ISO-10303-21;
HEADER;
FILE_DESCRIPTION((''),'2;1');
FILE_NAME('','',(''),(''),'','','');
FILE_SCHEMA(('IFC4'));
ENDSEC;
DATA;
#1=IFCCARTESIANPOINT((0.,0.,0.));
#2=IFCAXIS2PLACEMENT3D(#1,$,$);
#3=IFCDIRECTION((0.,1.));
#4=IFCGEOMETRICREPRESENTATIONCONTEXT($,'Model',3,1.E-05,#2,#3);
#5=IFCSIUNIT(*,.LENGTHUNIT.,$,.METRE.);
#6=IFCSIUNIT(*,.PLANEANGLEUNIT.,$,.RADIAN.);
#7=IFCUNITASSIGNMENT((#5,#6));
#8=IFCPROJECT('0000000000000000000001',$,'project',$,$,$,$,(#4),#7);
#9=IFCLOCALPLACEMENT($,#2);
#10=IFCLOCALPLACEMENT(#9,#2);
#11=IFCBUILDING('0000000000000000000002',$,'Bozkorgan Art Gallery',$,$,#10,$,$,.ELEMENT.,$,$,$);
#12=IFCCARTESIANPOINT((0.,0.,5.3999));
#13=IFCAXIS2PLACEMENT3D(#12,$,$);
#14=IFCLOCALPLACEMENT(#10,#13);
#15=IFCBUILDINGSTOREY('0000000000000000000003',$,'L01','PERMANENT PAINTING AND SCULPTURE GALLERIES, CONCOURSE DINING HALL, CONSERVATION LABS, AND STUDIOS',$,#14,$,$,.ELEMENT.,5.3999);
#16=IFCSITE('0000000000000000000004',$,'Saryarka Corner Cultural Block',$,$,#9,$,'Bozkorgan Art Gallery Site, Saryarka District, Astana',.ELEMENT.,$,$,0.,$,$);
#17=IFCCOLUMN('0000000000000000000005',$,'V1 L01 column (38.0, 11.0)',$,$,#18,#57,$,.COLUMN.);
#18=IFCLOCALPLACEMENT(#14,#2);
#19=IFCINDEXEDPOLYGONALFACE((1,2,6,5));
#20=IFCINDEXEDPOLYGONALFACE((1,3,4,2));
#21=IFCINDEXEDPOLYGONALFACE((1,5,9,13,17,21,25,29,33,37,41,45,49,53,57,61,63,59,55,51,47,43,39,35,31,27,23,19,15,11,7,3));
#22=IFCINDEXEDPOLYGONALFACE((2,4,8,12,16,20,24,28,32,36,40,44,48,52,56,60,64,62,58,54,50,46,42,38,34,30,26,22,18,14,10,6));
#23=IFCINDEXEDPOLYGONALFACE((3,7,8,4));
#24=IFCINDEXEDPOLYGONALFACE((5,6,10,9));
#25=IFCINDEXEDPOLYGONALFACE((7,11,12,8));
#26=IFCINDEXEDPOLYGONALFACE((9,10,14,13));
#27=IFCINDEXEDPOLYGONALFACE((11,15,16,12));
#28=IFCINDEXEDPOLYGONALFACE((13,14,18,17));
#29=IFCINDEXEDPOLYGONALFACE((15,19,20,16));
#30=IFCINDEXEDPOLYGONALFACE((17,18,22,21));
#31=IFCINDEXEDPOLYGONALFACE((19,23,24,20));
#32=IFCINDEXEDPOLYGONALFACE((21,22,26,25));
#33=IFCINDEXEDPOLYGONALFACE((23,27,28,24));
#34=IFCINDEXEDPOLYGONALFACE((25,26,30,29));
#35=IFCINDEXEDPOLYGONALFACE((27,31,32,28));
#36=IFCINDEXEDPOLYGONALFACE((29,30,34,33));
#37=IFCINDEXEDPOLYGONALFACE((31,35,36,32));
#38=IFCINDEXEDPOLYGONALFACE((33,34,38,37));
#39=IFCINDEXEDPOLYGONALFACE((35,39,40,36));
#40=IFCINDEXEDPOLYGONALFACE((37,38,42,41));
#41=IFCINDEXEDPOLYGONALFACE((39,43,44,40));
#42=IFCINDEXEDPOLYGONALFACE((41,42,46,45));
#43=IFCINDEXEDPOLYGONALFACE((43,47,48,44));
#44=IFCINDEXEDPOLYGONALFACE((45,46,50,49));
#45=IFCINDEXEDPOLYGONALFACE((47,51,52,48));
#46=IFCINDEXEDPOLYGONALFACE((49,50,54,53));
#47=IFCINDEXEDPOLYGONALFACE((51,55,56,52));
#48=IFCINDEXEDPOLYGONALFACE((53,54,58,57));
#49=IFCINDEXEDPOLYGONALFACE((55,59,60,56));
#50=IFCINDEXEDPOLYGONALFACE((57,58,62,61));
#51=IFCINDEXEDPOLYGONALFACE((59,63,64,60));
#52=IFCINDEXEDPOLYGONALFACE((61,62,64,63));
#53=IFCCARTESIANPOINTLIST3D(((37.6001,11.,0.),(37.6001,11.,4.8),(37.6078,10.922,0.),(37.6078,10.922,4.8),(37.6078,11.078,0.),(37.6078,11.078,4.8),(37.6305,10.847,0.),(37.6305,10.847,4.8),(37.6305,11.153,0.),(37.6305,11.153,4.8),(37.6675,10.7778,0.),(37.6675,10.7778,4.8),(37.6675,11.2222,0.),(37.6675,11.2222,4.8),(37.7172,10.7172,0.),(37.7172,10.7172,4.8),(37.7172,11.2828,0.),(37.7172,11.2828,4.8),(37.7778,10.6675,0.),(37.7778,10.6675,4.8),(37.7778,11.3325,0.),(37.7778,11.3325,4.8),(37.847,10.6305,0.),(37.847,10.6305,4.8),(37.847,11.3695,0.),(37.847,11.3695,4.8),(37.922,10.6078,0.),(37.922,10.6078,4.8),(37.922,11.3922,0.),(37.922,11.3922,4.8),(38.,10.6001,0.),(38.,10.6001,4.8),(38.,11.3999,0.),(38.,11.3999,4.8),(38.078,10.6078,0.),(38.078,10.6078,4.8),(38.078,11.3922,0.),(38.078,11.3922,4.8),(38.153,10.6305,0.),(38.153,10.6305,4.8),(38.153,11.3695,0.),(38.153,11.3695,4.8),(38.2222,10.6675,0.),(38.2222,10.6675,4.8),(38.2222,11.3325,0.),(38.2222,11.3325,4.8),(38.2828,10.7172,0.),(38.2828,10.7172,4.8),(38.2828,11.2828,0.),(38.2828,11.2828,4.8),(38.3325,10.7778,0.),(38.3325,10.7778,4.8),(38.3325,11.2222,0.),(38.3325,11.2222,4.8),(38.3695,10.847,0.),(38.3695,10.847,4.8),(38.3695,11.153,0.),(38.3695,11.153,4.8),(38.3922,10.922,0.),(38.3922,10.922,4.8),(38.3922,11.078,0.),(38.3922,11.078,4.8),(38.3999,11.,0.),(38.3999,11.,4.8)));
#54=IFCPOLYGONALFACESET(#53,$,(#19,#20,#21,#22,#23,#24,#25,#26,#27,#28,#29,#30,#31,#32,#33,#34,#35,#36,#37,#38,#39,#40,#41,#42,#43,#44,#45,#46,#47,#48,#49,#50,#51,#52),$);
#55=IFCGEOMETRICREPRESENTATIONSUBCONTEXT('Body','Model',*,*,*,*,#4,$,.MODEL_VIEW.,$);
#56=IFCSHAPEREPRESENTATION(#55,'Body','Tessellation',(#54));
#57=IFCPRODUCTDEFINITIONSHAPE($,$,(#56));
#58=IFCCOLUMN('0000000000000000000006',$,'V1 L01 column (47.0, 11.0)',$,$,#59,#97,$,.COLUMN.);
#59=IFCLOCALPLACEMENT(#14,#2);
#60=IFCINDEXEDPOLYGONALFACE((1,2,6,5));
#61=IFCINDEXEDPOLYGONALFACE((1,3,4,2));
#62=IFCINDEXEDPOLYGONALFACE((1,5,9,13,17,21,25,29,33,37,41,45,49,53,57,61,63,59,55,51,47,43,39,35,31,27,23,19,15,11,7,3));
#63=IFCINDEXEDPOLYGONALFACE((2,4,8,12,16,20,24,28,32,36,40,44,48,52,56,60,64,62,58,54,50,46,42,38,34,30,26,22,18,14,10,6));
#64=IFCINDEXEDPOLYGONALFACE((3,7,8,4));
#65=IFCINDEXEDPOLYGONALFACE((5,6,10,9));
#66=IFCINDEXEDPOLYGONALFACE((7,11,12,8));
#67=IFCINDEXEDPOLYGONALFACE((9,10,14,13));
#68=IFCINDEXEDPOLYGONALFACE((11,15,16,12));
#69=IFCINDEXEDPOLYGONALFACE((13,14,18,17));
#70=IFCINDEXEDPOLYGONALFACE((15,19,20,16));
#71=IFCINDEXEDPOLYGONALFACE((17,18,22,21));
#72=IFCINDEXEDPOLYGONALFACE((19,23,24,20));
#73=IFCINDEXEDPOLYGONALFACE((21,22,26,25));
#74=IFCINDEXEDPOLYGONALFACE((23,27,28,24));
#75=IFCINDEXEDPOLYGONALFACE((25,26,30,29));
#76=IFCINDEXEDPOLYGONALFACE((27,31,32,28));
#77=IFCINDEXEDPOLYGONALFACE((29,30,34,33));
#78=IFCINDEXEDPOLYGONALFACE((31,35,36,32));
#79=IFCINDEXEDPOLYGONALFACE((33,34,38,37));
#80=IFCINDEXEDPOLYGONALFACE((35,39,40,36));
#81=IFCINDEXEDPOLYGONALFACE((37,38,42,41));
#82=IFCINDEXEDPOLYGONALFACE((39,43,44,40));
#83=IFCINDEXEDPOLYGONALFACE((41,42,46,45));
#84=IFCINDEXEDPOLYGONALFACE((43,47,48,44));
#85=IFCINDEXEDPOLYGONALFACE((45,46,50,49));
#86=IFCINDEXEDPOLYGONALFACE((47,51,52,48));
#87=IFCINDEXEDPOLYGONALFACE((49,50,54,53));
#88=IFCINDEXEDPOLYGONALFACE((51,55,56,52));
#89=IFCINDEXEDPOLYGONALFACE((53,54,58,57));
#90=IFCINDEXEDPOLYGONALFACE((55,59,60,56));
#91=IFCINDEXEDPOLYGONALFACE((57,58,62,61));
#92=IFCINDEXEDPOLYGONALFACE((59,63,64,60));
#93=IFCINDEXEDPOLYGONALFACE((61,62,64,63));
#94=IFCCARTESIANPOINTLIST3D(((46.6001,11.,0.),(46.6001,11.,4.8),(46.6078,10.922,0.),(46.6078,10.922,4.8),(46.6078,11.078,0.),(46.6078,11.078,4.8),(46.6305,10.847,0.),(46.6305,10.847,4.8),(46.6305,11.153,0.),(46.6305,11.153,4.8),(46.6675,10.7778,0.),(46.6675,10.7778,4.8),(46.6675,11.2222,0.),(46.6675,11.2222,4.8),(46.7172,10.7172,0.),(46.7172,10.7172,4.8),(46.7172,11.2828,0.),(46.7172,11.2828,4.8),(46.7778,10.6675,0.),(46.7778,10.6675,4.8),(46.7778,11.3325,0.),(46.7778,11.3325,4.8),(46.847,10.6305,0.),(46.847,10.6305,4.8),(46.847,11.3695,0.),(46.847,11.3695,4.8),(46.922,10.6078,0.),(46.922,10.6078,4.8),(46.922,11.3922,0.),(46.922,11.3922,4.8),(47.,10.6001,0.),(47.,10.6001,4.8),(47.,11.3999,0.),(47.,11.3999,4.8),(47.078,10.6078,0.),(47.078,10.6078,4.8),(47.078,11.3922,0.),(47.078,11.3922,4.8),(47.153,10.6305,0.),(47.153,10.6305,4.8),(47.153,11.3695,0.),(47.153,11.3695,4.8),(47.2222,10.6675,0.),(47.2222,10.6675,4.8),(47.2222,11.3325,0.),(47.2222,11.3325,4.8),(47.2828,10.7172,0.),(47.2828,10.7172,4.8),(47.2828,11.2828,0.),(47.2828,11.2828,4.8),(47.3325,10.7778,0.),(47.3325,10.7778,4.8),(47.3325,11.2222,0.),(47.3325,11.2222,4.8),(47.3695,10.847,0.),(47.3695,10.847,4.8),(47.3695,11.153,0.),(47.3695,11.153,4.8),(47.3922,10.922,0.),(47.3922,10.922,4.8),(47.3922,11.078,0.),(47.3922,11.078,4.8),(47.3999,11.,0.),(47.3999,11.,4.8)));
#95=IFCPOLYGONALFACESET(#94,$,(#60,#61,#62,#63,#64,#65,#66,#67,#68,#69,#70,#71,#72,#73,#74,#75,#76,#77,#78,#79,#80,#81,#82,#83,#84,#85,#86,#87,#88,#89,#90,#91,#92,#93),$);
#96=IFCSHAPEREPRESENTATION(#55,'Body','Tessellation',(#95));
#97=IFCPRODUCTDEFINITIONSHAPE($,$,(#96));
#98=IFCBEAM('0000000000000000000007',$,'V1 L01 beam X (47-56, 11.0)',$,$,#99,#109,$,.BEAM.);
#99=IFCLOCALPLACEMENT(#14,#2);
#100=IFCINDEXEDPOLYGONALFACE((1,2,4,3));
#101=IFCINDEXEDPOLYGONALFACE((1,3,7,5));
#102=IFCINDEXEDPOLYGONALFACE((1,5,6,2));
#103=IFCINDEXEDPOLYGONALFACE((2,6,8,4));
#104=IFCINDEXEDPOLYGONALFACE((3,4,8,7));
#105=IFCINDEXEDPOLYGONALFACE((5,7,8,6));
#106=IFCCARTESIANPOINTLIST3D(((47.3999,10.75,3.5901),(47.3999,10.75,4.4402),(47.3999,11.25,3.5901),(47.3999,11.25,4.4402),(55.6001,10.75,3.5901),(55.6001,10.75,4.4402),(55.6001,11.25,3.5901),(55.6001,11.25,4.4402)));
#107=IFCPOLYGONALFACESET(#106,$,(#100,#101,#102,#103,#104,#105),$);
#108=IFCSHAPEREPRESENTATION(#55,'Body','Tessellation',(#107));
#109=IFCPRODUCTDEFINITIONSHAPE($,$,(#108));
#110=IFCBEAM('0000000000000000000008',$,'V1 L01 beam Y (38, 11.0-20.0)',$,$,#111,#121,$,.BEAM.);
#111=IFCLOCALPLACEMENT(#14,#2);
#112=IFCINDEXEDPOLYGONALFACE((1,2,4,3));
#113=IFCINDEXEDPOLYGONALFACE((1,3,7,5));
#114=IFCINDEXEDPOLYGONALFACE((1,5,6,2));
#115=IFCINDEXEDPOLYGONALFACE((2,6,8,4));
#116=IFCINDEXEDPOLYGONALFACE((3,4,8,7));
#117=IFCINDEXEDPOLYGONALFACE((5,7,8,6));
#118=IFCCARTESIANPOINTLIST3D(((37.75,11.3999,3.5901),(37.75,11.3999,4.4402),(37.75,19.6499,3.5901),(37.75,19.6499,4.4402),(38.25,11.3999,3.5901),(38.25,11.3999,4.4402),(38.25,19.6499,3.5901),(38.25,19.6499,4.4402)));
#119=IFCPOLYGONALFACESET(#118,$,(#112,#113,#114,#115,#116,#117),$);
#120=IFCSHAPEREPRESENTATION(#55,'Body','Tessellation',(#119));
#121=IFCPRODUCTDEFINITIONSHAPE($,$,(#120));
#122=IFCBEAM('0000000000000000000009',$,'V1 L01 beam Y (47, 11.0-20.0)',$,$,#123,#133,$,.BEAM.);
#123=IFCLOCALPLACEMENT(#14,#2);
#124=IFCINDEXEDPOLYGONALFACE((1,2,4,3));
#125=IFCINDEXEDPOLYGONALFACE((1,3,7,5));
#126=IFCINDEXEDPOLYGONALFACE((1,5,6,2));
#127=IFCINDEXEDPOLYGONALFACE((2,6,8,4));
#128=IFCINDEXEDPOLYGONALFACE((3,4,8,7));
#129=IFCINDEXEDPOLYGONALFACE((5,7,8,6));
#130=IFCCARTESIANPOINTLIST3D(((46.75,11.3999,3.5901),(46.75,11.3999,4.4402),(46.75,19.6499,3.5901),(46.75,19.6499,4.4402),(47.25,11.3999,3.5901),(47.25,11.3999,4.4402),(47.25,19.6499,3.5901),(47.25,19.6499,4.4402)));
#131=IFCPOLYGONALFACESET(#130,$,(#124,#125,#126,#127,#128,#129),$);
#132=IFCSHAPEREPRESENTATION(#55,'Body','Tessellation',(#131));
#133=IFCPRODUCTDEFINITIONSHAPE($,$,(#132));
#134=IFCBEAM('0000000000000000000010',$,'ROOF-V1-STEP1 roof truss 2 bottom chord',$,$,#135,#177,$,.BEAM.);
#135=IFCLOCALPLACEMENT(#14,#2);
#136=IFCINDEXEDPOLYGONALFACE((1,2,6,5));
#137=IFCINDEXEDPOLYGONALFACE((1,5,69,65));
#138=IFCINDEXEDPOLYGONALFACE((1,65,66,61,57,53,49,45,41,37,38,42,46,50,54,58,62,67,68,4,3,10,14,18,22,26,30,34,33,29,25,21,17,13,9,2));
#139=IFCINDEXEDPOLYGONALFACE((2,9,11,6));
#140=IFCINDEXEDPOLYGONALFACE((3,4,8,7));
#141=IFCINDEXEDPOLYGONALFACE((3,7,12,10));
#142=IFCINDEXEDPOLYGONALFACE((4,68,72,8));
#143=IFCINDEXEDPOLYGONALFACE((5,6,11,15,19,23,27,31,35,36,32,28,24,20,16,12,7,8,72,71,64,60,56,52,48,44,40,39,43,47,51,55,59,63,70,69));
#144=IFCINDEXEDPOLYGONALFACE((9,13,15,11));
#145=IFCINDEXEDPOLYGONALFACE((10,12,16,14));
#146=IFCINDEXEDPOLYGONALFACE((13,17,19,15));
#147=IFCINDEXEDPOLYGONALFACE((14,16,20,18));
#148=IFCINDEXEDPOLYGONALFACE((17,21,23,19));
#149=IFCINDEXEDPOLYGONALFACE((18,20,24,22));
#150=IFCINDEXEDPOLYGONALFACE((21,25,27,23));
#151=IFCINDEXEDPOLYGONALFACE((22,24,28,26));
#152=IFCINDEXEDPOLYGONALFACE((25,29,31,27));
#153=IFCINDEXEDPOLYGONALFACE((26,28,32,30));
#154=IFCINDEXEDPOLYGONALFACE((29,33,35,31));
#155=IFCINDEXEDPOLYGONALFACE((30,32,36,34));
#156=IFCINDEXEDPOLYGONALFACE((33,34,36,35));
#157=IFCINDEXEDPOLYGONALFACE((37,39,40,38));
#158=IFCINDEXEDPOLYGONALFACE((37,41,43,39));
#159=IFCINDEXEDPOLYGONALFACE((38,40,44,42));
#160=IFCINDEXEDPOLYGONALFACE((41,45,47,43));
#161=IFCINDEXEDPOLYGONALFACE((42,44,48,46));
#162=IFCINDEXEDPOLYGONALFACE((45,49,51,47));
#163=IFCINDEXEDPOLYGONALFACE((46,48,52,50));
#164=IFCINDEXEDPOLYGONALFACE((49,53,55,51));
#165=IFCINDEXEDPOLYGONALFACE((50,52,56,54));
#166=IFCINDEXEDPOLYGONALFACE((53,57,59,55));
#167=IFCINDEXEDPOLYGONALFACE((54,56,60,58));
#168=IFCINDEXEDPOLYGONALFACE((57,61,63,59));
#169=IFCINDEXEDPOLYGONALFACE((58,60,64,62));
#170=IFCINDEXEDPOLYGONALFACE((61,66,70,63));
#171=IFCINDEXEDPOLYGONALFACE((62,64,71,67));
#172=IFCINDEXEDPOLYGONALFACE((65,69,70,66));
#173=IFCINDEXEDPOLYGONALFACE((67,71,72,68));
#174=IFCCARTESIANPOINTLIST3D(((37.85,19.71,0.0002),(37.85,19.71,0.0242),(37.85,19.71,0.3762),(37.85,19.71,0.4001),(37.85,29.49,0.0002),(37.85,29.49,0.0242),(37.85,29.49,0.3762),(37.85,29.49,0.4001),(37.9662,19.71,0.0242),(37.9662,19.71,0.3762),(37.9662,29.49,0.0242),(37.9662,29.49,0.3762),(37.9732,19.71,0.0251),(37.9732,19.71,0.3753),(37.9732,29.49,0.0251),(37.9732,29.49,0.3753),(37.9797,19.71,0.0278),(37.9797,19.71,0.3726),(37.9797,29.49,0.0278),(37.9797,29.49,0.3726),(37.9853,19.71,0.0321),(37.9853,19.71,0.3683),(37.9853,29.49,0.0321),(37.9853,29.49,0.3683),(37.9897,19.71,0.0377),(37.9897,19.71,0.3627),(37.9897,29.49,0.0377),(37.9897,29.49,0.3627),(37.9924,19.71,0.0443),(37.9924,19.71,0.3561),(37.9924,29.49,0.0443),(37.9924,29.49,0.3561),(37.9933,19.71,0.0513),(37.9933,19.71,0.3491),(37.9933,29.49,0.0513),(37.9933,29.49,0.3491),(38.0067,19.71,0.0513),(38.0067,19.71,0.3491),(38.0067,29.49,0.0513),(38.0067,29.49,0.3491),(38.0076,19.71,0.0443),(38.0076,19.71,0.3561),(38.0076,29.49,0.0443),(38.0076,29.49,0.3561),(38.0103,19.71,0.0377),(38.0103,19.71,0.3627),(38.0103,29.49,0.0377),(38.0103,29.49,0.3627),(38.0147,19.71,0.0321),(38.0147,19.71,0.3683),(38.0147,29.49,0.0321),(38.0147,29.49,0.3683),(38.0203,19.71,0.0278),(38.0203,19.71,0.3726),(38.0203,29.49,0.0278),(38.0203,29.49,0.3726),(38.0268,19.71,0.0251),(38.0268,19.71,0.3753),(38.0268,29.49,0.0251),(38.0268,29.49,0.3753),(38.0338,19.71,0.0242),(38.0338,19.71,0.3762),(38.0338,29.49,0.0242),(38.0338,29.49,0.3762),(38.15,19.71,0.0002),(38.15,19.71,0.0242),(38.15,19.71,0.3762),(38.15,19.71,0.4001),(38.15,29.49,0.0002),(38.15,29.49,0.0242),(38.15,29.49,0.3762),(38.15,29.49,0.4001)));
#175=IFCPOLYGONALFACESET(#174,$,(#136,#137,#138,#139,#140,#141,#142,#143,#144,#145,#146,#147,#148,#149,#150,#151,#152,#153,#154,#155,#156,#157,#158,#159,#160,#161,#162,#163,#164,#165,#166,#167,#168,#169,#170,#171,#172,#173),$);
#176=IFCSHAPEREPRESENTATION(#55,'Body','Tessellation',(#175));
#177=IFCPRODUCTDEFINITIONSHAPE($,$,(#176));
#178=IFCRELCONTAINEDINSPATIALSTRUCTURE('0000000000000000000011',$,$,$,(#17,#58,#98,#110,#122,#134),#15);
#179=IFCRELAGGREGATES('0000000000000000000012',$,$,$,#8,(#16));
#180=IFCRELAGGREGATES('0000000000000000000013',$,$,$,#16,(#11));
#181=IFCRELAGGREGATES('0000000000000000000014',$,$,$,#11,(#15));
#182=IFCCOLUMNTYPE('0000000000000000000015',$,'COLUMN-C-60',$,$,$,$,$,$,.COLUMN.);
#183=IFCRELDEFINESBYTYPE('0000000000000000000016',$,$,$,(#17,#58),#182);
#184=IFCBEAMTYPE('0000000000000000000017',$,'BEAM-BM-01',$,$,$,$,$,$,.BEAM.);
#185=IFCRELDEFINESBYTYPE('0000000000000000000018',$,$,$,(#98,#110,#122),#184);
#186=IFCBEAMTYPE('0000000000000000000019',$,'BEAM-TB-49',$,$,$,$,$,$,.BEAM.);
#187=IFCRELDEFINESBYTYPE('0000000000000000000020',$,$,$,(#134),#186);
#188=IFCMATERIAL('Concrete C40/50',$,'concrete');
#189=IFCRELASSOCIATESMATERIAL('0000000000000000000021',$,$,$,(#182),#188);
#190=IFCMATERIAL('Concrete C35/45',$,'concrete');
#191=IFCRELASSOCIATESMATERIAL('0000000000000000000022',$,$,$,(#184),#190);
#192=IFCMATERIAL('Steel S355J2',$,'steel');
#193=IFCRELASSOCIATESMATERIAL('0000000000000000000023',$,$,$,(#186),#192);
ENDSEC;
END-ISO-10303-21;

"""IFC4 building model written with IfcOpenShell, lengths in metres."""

from ifc_helpers import new_model, si_unit, direction, frame, origin, origin_2d, place, context, subcontext, project, spatial, rectangle, circle, i_section, extrude, material, material_profile, profile_set, type_object, element, save


model = new_model("IFC4")

# Units and contexts
model_context = context("Model", 3, precision=1e-05, world=origin(), true_north=direction((0.0, 1.0)))
body_context = subcontext(model_context, "Body", "Model", "MODEL_VIEW")
ifc_project = project(units=[si_unit("LENGTHUNIT", "METRE"), si_unit("PLANEANGLEUNIT", "RADIAN")], contexts=[model_context])

# Site, building, storey
site_placement = place(None, origin())
site = spatial("IfcSite", under=ifc_project, at=site_placement, Name="Saryarka Corner Cultural Block", LongName="Bozkorgan Art Gallery Site, Saryarka District, Astana", CompositionType="ELEMENT", RefElevation=0.0)
building_placement = place(site_placement, origin())
building = spatial("IfcBuilding", under=site, at=building_placement, Name="Bozkorgan Art Gallery", CompositionType="ELEMENT")
storey_placement = place(building_placement, frame((0.0, 0.0, 5.3999)))
storey = spatial("IfcBuildingStorey", under=building, at=storey_placement, Name="L01", Description="PERMANENT PAINTING AND SCULPTURE GALLERIES, CONCOURSE DINING HALL, CONSERVATION LABS, AND STUDIOS", CompositionType="ELEMENT", Elevation=5.3999)

# Columns
ifc_material_1 = material(Name="Concrete C40/50", Category="concrete")
ifc_material_profile_1 = material_profile(ifc_material_1, circle(Radius=0.3999, at=origin_2d()), Name="RC D800")
ifc_profile_set_1 = profile_set([ifc_material_profile_1], Name="Concrete C40/50")
column_type = type_object("IfcColumnType", Name="COLUMN-C-60", PredefinedType="COLUMN", material=ifc_profile_set_1)
for number, where, z_axis, x_axis, name in (
    (1, (38.0, 11.0, 0.0), (0.0, 0.0, 1.0), (1.0, 0.0, 0.0), "V1 L01 column (38.0, 11.0)"),
    (2, (47.0, 11.0, 0.0), (0.0, 0.0, 1.0), (1.0, 0.0, 0.0), "V1 L01 column (47.0, 11.0)"),
):
    element("IfcColumn", number, at=place(storey_placement, frame(where, z_axis=z_axis, x_axis=x_axis)), inside=storey, type_object=column_type, Name=name, PredefinedType="COLUMN", context=body_context, shape_type="SweptSolid", body=[
        extrude(circle(Radius=0.3999, at=origin_2d()), origin(), (0.0, 0.0, 1.0), 4.8),
    ])

# Beams
ifc_material_2 = material(Name="Concrete C35/45", Category="concrete")
ifc_material_profile_2 = material_profile(ifc_material_2, rectangle(XDim=0.5, YDim=0.8501, at=origin_2d()), Name="RC 500x850")
ifc_profile_set_2 = profile_set([ifc_material_profile_2], Name="Concrete C35/45")
beam_type_1 = type_object("IfcBeamType", Name="BEAM-BM-01", PredefinedType="BEAM", material=ifc_profile_set_2)
beam_placement = place(storey_placement, frame((47.3999, 11.0, 4.0151), z_axis=(1.0, 0.0, 0.0), x_axis=(0.0, 1.0, 0.0)))
element("IfcBeam", 3, at=beam_placement, inside=storey, type_object=beam_type_1, Name="V1 L01 beam X (47-56, 11.0)", PredefinedType="BEAM", context=body_context, shape_type="SweptSolid", body=[
    extrude(rectangle(XDim=0.5, YDim=0.8501, at=origin_2d()), origin(), (0.0, 0.0, 1.0), 8.2002),
])
for number, where, z_axis, x_axis, name in (
    (4, (38.0, 11.3999, 4.0151), (0.0, 1.0, 0.0), (-1.0, 0.0, 0.0), "V1 L01 beam Y (38, 11.0-20.0)"),
    (5, (47.0, 11.3999, 4.0151), (0.0, 1.0, 0.0), (-1.0, 0.0, 0.0), "V1 L01 beam Y (47, 11.0-20.0)"),
):
    element("IfcBeam", number, at=place(storey_placement, frame(where, z_axis=z_axis, x_axis=x_axis)), inside=storey, type_object=beam_type_1, Name=name, PredefinedType="BEAM", context=body_context, shape_type="SweptSolid", body=[
        extrude(rectangle(XDim=0.5, YDim=0.8501, at=origin_2d()), origin(), (0.0, 0.0, 1.0), 8.25),
    ])
ifc_material_3 = material(Name="Steel S355J2", Category="steel")
ifc_material_profile_3 = material_profile(ifc_material_3, i_section(OverallWidth=0.3, OverallDepth=0.3999, WebThickness=0.0134, FlangeThickness=0.0239, FilletRadius=0.0271, at=origin_2d()), Name="HEB 400")
ifc_profile_set_3 = profile_set([ifc_material_profile_3], Name="Steel S355J2")
beam_type_2 = type_object("IfcBeamType", Name="BEAM-TB-49", PredefinedType="BEAM", material=ifc_profile_set_3)
for number, where, z_axis, x_axis, name in (
    (6, (38.0, 19.71, 0.2002), (0.0, 1.0, 0.0), (-1.0, 0.0, 0.0), "ROOF-V1-STEP1 roof truss 2 bottom chord"),
):
    element("IfcBeam", number, at=place(storey_placement, frame(where, z_axis=z_axis, x_axis=x_axis)), inside=storey, type_object=beam_type_2, Name=name, PredefinedType="BEAM", context=body_context, shape_type="SweptSolid", body=[
        extrude(i_section(OverallWidth=0.3, OverallDepth=0.3999, WebThickness=0.0134, FlangeThickness=0.0239, FilletRadius=0.0271, at=origin_2d()), origin(), (0.0, 0.0, 1.0), 9.78),
    ])

save(model, "model.ifc")
